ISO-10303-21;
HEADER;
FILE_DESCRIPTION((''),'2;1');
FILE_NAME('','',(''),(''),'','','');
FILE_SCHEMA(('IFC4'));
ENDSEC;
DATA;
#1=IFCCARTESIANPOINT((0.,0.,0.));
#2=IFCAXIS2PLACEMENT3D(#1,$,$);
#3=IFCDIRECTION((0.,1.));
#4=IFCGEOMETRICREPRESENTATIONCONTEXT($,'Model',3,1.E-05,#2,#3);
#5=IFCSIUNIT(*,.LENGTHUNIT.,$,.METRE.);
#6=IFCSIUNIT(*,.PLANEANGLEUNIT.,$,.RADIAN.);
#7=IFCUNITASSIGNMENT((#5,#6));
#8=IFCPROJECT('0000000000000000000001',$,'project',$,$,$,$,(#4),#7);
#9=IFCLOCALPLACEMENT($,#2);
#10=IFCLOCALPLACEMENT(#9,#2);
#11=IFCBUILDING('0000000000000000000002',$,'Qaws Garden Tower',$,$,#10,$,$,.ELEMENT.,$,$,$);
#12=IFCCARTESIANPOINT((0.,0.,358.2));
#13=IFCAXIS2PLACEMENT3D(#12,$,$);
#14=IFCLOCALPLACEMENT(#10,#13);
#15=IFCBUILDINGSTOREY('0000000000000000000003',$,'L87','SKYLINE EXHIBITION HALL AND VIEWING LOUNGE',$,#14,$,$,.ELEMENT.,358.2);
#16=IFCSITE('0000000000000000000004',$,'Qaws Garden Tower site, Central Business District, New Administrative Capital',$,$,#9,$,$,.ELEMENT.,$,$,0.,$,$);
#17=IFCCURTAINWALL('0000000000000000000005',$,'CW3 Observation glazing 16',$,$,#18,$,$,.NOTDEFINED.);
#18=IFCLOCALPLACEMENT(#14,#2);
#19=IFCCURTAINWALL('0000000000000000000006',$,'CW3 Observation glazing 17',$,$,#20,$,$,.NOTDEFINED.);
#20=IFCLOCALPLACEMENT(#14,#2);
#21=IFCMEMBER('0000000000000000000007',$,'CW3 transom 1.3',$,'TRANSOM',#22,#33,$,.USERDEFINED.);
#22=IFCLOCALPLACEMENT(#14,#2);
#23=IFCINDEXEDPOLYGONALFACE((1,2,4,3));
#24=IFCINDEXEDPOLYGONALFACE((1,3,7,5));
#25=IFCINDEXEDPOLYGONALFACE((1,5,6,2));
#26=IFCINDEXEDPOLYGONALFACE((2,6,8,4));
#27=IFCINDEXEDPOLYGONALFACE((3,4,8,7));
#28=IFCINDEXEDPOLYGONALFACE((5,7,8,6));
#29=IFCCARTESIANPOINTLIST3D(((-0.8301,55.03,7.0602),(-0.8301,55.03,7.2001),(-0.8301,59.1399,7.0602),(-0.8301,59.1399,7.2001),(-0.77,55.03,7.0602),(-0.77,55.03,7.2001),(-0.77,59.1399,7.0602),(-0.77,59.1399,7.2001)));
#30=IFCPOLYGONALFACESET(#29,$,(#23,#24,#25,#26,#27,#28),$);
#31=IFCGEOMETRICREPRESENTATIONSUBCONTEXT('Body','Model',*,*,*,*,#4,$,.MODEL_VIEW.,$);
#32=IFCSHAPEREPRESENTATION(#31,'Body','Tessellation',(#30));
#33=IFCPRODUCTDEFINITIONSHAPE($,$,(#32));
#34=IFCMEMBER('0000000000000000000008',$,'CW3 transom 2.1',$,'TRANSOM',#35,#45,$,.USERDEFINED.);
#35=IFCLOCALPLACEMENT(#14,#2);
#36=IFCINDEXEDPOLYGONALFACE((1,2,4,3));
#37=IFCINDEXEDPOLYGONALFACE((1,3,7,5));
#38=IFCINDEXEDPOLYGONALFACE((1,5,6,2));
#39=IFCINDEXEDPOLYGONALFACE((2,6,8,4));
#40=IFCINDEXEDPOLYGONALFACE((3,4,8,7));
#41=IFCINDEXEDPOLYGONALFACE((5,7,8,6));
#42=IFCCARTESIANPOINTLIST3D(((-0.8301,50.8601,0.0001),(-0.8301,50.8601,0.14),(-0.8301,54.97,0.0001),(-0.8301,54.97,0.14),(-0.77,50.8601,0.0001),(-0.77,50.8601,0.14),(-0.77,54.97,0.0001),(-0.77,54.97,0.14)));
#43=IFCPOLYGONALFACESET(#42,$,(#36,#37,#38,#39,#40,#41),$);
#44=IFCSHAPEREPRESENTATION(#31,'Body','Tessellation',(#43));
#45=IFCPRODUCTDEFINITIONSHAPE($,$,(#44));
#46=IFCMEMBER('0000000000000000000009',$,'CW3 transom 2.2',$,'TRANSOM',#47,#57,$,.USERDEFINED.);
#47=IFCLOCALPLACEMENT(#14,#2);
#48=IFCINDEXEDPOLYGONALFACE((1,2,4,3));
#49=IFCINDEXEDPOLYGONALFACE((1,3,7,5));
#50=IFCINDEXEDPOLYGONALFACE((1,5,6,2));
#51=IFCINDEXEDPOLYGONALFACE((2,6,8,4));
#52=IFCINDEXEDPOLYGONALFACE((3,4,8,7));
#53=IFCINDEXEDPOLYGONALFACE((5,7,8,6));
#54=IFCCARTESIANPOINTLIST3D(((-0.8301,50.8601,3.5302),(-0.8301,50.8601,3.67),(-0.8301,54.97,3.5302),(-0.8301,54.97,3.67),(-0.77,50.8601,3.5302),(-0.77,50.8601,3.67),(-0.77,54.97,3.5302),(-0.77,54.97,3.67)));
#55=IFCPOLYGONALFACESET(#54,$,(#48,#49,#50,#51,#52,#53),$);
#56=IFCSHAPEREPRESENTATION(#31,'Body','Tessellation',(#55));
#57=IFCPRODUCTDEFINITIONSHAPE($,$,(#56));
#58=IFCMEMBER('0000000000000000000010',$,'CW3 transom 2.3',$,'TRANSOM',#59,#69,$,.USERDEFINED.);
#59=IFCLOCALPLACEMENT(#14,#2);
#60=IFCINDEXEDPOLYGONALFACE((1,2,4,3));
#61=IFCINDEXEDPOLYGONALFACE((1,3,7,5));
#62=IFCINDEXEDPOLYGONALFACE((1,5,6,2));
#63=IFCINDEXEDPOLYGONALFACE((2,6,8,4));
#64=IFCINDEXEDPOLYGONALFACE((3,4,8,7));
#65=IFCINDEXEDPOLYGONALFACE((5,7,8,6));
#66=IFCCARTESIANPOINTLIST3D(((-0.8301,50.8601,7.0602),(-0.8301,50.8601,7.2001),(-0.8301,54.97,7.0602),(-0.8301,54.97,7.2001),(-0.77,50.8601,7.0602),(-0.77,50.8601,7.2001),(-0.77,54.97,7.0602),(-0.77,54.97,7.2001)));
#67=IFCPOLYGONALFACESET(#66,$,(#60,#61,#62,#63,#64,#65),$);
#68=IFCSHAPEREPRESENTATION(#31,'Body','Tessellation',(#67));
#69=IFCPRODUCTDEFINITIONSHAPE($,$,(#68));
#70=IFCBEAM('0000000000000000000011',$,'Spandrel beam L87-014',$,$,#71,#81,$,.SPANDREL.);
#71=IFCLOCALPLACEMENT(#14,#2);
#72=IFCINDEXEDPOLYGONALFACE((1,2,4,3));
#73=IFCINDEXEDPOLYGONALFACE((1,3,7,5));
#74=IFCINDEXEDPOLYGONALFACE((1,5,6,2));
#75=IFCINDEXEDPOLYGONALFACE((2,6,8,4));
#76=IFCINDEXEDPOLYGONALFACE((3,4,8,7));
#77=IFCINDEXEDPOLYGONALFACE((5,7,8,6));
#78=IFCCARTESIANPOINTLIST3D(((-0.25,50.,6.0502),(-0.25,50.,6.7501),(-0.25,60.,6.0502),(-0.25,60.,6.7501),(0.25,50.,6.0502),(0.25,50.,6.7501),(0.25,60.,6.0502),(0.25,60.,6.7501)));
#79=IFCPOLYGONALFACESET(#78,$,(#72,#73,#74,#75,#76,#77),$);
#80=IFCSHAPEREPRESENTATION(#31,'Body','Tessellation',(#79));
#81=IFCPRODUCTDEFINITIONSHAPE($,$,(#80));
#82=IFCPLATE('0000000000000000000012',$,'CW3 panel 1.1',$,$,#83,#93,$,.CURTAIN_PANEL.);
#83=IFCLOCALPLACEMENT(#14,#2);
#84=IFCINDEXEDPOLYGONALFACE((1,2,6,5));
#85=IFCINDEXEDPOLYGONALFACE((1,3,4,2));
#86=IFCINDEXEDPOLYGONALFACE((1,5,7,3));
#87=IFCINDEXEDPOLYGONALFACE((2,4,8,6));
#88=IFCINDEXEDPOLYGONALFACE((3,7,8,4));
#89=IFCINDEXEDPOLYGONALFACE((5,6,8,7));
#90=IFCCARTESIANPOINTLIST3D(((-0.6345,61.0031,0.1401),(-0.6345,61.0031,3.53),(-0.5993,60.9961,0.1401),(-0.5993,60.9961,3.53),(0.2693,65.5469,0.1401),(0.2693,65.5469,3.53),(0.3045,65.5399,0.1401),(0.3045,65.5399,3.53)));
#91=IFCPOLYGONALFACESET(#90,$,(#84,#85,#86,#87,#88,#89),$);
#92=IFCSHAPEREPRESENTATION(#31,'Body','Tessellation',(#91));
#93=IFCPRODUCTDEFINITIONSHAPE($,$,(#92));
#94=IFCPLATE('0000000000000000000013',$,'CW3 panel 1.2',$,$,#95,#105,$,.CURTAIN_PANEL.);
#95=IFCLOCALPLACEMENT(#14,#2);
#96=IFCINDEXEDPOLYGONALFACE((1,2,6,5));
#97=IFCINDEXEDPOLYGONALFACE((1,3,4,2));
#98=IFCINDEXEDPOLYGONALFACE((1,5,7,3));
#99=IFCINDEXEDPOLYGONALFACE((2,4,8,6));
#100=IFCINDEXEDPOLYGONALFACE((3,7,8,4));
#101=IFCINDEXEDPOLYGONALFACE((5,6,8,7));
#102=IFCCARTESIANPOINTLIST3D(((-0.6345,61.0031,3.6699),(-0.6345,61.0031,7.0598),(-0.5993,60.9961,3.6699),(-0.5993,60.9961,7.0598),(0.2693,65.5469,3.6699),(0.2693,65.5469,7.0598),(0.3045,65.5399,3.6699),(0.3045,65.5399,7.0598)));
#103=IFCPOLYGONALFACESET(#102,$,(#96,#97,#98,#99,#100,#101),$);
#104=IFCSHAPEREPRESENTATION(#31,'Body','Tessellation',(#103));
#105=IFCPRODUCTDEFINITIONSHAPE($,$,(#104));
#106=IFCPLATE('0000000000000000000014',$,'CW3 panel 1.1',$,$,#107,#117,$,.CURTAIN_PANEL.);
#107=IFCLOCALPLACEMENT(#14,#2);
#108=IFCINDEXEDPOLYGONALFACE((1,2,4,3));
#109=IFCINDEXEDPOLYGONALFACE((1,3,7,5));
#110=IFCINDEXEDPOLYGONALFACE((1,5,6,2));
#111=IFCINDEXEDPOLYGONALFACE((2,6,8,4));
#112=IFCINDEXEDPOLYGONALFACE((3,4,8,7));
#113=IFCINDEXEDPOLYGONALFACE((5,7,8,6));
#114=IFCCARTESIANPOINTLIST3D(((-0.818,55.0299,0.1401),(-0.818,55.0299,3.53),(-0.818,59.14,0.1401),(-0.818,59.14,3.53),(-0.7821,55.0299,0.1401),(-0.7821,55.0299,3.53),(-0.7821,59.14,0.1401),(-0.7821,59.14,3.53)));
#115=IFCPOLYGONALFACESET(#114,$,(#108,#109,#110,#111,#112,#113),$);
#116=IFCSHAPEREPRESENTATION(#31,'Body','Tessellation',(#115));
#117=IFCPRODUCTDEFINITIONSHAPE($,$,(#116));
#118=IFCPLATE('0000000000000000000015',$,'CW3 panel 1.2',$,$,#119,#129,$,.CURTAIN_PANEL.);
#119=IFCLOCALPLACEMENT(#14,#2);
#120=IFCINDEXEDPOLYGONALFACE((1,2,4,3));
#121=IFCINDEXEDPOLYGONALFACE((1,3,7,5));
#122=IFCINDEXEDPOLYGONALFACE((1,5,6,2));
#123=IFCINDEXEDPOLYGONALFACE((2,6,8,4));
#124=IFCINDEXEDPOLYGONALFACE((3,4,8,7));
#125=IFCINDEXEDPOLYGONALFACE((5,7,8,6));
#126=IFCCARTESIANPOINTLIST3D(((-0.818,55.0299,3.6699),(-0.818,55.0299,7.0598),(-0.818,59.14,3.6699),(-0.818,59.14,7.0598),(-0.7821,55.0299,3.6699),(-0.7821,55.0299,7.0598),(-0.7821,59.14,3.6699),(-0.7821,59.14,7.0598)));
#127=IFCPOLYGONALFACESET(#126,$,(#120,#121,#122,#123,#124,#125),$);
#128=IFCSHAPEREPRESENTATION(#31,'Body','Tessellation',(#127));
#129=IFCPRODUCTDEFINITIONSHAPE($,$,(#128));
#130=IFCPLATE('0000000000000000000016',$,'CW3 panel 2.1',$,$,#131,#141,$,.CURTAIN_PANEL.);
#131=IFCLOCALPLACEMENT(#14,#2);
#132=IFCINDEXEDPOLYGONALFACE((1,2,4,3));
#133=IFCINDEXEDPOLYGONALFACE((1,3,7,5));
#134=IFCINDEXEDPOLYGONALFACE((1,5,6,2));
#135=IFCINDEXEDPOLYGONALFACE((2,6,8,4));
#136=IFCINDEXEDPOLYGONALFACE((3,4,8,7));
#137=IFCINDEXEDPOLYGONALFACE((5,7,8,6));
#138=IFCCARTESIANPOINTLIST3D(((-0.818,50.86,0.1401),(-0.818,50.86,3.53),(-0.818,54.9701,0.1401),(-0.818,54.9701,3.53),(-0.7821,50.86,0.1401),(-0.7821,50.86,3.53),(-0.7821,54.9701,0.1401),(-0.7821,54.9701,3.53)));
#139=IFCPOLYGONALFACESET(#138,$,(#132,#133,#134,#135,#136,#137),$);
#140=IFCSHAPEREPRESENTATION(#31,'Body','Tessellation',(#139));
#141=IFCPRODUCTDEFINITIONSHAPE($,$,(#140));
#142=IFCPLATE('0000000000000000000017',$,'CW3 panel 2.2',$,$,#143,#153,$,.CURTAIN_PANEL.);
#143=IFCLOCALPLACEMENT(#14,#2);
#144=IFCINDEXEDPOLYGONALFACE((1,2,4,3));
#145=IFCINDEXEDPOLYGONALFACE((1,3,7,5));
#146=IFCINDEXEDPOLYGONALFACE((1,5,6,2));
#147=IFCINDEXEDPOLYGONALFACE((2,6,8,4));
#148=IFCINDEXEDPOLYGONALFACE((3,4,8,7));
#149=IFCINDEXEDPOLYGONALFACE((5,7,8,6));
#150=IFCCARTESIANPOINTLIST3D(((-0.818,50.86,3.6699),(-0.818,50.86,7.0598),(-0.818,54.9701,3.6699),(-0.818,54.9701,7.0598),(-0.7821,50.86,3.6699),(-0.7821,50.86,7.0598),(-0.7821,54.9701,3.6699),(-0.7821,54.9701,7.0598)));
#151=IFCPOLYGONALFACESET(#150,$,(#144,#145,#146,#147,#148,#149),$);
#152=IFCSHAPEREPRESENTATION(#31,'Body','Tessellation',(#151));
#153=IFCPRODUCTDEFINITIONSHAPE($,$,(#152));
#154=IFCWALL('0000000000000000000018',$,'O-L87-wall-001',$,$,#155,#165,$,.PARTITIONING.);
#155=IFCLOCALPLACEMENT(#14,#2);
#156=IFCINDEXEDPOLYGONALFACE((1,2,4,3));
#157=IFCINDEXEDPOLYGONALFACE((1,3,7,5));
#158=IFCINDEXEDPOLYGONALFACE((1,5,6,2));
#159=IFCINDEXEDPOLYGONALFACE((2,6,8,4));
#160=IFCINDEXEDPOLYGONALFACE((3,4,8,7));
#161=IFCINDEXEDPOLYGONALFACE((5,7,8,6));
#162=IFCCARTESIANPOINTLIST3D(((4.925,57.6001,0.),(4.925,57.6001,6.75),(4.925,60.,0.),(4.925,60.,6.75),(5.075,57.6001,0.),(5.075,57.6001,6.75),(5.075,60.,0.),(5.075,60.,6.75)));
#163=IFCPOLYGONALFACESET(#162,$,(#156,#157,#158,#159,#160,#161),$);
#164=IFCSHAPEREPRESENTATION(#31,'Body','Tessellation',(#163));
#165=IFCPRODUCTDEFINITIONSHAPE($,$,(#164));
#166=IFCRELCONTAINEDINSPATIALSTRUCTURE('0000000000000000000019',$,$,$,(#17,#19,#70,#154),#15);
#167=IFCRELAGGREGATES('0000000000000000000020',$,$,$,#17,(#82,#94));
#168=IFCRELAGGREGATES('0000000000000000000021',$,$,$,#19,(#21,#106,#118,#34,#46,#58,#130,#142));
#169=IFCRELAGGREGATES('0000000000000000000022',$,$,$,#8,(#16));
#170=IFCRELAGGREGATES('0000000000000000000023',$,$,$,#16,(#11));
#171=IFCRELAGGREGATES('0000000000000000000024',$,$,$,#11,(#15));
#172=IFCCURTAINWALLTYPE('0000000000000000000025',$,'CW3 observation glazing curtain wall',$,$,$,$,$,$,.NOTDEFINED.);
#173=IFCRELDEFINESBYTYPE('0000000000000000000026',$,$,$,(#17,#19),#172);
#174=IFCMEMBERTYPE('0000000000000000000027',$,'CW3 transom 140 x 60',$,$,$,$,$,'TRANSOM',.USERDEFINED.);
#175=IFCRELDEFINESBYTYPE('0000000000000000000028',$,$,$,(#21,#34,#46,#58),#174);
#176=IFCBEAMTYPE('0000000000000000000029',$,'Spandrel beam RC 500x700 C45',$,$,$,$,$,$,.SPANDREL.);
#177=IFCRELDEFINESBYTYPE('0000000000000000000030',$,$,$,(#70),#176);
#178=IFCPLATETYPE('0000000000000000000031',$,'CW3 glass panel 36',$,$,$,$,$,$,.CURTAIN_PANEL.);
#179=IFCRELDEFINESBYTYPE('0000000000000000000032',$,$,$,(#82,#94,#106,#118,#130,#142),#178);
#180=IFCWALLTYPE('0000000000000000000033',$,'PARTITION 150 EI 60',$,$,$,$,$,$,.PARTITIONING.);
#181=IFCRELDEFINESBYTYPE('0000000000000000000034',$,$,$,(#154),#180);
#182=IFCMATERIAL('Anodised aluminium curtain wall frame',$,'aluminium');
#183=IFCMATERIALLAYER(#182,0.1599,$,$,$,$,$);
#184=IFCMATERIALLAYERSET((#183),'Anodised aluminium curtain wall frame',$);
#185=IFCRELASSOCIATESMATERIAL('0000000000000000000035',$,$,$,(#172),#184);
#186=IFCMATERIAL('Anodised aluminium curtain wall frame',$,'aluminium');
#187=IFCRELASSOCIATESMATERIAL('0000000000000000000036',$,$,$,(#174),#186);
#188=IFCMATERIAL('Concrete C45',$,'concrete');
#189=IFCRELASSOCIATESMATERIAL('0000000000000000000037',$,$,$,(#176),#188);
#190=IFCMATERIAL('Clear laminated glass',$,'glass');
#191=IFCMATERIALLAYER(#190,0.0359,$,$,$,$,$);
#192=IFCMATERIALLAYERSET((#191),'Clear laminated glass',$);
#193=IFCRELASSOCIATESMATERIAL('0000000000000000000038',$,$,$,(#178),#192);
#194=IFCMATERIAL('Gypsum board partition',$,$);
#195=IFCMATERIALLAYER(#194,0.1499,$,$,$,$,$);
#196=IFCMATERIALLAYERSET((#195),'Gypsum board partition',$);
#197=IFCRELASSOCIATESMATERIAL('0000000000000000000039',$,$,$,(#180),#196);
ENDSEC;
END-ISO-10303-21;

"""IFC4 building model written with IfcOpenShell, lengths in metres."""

from ifc_helpers import new_model, si_unit, direction, frame, frame_2d, origin, origin_2d, place, context, subcontext, project, spatial, rectangle, extrude, material, layer, layer_set, material_profile, profile_set, type_object, element, aggregate, save


model = new_model("IFC4")

# Units and contexts
model_context = context("Model", 3, precision=1e-05, world=origin(), true_north=direction((0.0, 1.0)))
body_context = subcontext(model_context, "Body", "Model", "MODEL_VIEW")
ifc_project = project(units=[si_unit("LENGTHUNIT", "METRE"), si_unit("PLANEANGLEUNIT", "RADIAN")], contexts=[model_context])

# Site, building, storey
site_placement = place(None, origin())
site = spatial("IfcSite", under=ifc_project, at=site_placement, Name="Qaws Garden Tower site, Central Business District, New Administrative Capital", CompositionType="ELEMENT", RefElevation=0.0)
building_placement = place(site_placement, origin())
building = spatial("IfcBuilding", under=site, at=building_placement, Name="Qaws Garden Tower", CompositionType="ELEMENT")
storey_placement = place(building_placement, frame((0.0, 0.0, 358.2)))
storey = spatial("IfcBuildingStorey", under=building, at=storey_placement, Name="L87", Description="SKYLINE EXHIBITION HALL AND VIEWING LOUNGE", CompositionType="ELEMENT", Elevation=358.2)

# Shared definitions
ifc_material_1 = material(Name="Anodised aluminium curtain wall frame", Category="aluminium")
ifc_layer_1 = layer(ifc_material_1, 0.1599)
ifc_layer_set_1 = layer_set([ifc_layer_1], Name="Anodised aluminium curtain wall frame")
curtain_wall_type = type_object("IfcCurtainWallType", Name="CW3 observation glazing curtain wall", PredefinedType="NOTDEFINED", material=ifc_layer_set_1)
placement = place(storey_placement, origin())

# Curtain walls
curtain_wall_1 = element("IfcCurtainWall", 1, at=placement, inside=storey, type_object=curtain_wall_type, Name="CW3 Observation glazing 16", PredefinedType="NOTDEFINED")
curtain_wall_2 = element("IfcCurtainWall", 2, at=placement, inside=storey, type_object=curtain_wall_type, Name="CW3 Observation glazing 17", PredefinedType="NOTDEFINED")

# Members
ifc_material_2 = material(Name="Anodised aluminium curtain wall frame", Category="aluminium")
ifc_material_profile_1 = material_profile(ifc_material_2, rectangle(XDim=0.0601, YDim=0.1399, at=origin_2d()), Name="AL 60x140")
ifc_profile_set_1 = profile_set([ifc_material_profile_1], Name="Anodised aluminium curtain wall frame")
member_type_1 = type_object("IfcMemberType", Name="CW3 transom 140 x 60", ElementType="TRANSOM", PredefinedType="USERDEFINED", material=ifc_profile_set_1)
member_1_placement = place(storey_placement, frame((-0.8, 59.1399, 7.1301), z_axis=(0.0, -1.0, 0.0), x_axis=(1.0, 0.0, 0.0)))
member_1 = element("IfcMember", 3, at=member_1_placement, type_object=member_type_1, Name="CW3 transom 1.3", ObjectType="TRANSOM", PredefinedType="USERDEFINED", context=body_context, shape_type="SweptSolid", body=[
    extrude(rectangle(XDim=0.0601, YDim=0.1399, at=origin_2d()), origin(), (0.0, 0.0, 1.0), 4.1099),
])
member_2_placement = place(storey_placement, frame((-0.8, 54.97, 0.0701), z_axis=(0.0, -1.0, 0.0), x_axis=(1.0, 0.0, 0.0)))
member_2 = element("IfcMember", 4, at=member_2_placement, type_object=member_type_1, Name="CW3 transom 2.1", ObjectType="TRANSOM", PredefinedType="USERDEFINED", context=body_context, shape_type="SweptSolid", body=[
    extrude(rectangle(XDim=0.0601, YDim=0.1399, at=origin_2d()), origin(), (0.0, 0.0, 1.0), 4.1099),
])
member_3_placement = place(storey_placement, frame((-0.8, 54.97, 3.6001), z_axis=(0.0, -1.0, 0.0), x_axis=(1.0, 0.0, 0.0)))
member_3 = element("IfcMember", 5, at=member_3_placement, type_object=member_type_1, Name="CW3 transom 2.2", ObjectType="TRANSOM", PredefinedType="USERDEFINED", context=body_context, shape_type="SweptSolid", body=[
    extrude(rectangle(XDim=0.0601, YDim=0.1399, at=origin_2d()), origin(), (0.0, 0.0, 1.0), 4.1099),
])
member_4_placement = place(storey_placement, frame((-0.8, 54.97, 7.1301), z_axis=(0.0, -1.0, 0.0), x_axis=(1.0, 0.0, 0.0)))
member_4 = element("IfcMember", 6, at=member_4_placement, type_object=member_type_1, Name="CW3 transom 2.3", ObjectType="TRANSOM", PredefinedType="USERDEFINED", context=body_context, shape_type="SweptSolid", body=[
    extrude(rectangle(XDim=0.0601, YDim=0.1399, at=origin_2d()), origin(), (0.0, 0.0, 1.0), 4.1099),
])

# Beam
ifc_material_3 = material(Name="Concrete C45", Category="concrete")
ifc_material_profile_2 = material_profile(ifc_material_3, rectangle(XDim=0.5, YDim=0.7, at=origin_2d()), Name="RC 500x700")
ifc_profile_set_2 = profile_set([ifc_material_profile_2], Name="Concrete C45")
beam_type = type_object("IfcBeamType", Name="Spandrel beam RC 500x700 C45", PredefinedType="SPANDREL", material=ifc_profile_set_2)
beam_placement = place(storey_placement, frame((0.0, 60.0, 6.4001), z_axis=(0.0, -1.0, 0.0), x_axis=(1.0, 0.0, 0.0)))
element("IfcBeam", 7, at=beam_placement, inside=storey, type_object=beam_type, Name="Spandrel beam L87-014", PredefinedType="SPANDREL", context=body_context, shape_type="SweptSolid", body=[
    extrude(rectangle(XDim=0.5, YDim=0.7, at=origin_2d()), origin(), (0.0, 0.0, 1.0), 10.0),
])

# Plates
ifc_material_4 = material(Name="Clear laminated glass", Category="glass")
ifc_layer_2 = layer(ifc_material_4, 0.0359)
ifc_layer_set_2 = layer_set([ifc_layer_2], Name="Clear laminated glass")
plate_type = type_object("IfcPlateType", Name="CW3 glass panel 36", PredefinedType="CURTAIN_PANEL", material=ifc_layer_set_2)
plate_1_placement = place(storey_placement, frame((-0.165, 63.2715, 0.1401), z_axis=(0.0, 0.0, 1.0), x_axis=(-0.19509, -0.980785, 0.0)))
plate_1 = element("IfcPlate", 8, at=plate_1_placement, type_object=plate_type, Name="CW3 panel 1.1", PredefinedType="CURTAIN_PANEL", context=body_context, shape_type="SweptSolid", body=[
    extrude(rectangle(XDim=4.6328, YDim=0.0359, at=origin_2d()), origin(), (0.0, 0.0, 1.0), 3.3899),
])
plate_2_placement = place(storey_placement, frame((-0.165, 63.2715, 3.6699), z_axis=(0.0, 0.0, 1.0), x_axis=(-0.19509, -0.980785, 0.0)))
plate_2 = element("IfcPlate", 9, at=plate_2_placement, type_object=plate_type, Name="CW3 panel 1.2", PredefinedType="CURTAIN_PANEL", context=body_context, shape_type="SweptSolid", body=[
    extrude(rectangle(XDim=4.6328, YDim=0.0359, at=origin_2d()), origin(), (0.0, 0.0, 1.0), 3.3899),
])
aggregate(curtain_wall_1, [plate_1, plate_2])
plate_3_placement = place(storey_placement, frame((-0.8, 57.085, 0.1401), z_axis=(0.0, 0.0, 1.0), x_axis=(0.0, -1.0, 0.0)))
plate_3 = element("IfcPlate", 10, at=plate_3_placement, type_object=plate_type, Name="CW3 panel 1.1", PredefinedType="CURTAIN_PANEL", context=body_context, shape_type="SweptSolid", body=[
    extrude(rectangle(XDim=4.1101, YDim=0.0359, at=origin_2d()), origin(), (0.0, 0.0, 1.0), 3.3899),
])
plate_4_placement = place(storey_placement, frame((-0.8, 57.085, 3.6699), z_axis=(0.0, 0.0, 1.0), x_axis=(0.0, -1.0, 0.0)))
plate_4 = element("IfcPlate", 11, at=plate_4_placement, type_object=plate_type, Name="CW3 panel 1.2", PredefinedType="CURTAIN_PANEL", context=body_context, shape_type="SweptSolid", body=[
    extrude(rectangle(XDim=4.1101, YDim=0.0359, at=origin_2d()), origin(), (0.0, 0.0, 1.0), 3.3899),
])
plate_5_placement = place(storey_placement, frame((-0.8, 52.915, 0.1401), z_axis=(0.0, 0.0, 1.0), x_axis=(0.0, -1.0, 0.0)))
plate_5 = element("IfcPlate", 12, at=plate_5_placement, type_object=plate_type, Name="CW3 panel 2.1", PredefinedType="CURTAIN_PANEL", context=body_context, shape_type="SweptSolid", body=[
    extrude(rectangle(XDim=4.1101, YDim=0.0359, at=origin_2d()), origin(), (0.0, 0.0, 1.0), 3.3899),
])
plate_6_placement = place(storey_placement, frame((-0.8, 52.915, 3.6699), z_axis=(0.0, 0.0, 1.0), x_axis=(0.0, -1.0, 0.0)))
plate_6 = element("IfcPlate", 13, at=plate_6_placement, type_object=plate_type, Name="CW3 panel 2.2", PredefinedType="CURTAIN_PANEL", context=body_context, shape_type="SweptSolid", body=[
    extrude(rectangle(XDim=4.1101, YDim=0.0359, at=origin_2d()), origin(), (0.0, 0.0, 1.0), 3.3899),
])
aggregate(curtain_wall_2, [member_1, plate_3, plate_4, member_2, member_3, member_4, plate_5, plate_6])

# Wall
ifc_material_5 = material(Name="Gypsum board partition")
ifc_layer_3 = layer(ifc_material_5, 0.1499)
ifc_layer_set_3 = layer_set([ifc_layer_3], Name="Gypsum board partition")
wall_type = type_object("IfcWallType", Name="PARTITION 150 EI 60", PredefinedType="PARTITIONING", material=ifc_layer_set_3)
wall_1_placement = place(storey_placement, frame((5.0, 57.6001, 0.0), z_axis=(0.0, 0.0, 1.0), x_axis=(0.0, 1.0, 0.0)))
element("IfcWall", 14, at=wall_1_placement, inside=storey, type_object=wall_type, Name="O-L87-wall-001", PredefinedType="PARTITIONING", context=body_context, shape_type="SweptSolid", body=[
    extrude(rectangle(XDim=2.3999, YDim=0.1499, at=frame_2d((1.2, 0.0))), origin(), (0.0, 0.0, 1.0), 6.75),
])

save(model, "model.ifc")
